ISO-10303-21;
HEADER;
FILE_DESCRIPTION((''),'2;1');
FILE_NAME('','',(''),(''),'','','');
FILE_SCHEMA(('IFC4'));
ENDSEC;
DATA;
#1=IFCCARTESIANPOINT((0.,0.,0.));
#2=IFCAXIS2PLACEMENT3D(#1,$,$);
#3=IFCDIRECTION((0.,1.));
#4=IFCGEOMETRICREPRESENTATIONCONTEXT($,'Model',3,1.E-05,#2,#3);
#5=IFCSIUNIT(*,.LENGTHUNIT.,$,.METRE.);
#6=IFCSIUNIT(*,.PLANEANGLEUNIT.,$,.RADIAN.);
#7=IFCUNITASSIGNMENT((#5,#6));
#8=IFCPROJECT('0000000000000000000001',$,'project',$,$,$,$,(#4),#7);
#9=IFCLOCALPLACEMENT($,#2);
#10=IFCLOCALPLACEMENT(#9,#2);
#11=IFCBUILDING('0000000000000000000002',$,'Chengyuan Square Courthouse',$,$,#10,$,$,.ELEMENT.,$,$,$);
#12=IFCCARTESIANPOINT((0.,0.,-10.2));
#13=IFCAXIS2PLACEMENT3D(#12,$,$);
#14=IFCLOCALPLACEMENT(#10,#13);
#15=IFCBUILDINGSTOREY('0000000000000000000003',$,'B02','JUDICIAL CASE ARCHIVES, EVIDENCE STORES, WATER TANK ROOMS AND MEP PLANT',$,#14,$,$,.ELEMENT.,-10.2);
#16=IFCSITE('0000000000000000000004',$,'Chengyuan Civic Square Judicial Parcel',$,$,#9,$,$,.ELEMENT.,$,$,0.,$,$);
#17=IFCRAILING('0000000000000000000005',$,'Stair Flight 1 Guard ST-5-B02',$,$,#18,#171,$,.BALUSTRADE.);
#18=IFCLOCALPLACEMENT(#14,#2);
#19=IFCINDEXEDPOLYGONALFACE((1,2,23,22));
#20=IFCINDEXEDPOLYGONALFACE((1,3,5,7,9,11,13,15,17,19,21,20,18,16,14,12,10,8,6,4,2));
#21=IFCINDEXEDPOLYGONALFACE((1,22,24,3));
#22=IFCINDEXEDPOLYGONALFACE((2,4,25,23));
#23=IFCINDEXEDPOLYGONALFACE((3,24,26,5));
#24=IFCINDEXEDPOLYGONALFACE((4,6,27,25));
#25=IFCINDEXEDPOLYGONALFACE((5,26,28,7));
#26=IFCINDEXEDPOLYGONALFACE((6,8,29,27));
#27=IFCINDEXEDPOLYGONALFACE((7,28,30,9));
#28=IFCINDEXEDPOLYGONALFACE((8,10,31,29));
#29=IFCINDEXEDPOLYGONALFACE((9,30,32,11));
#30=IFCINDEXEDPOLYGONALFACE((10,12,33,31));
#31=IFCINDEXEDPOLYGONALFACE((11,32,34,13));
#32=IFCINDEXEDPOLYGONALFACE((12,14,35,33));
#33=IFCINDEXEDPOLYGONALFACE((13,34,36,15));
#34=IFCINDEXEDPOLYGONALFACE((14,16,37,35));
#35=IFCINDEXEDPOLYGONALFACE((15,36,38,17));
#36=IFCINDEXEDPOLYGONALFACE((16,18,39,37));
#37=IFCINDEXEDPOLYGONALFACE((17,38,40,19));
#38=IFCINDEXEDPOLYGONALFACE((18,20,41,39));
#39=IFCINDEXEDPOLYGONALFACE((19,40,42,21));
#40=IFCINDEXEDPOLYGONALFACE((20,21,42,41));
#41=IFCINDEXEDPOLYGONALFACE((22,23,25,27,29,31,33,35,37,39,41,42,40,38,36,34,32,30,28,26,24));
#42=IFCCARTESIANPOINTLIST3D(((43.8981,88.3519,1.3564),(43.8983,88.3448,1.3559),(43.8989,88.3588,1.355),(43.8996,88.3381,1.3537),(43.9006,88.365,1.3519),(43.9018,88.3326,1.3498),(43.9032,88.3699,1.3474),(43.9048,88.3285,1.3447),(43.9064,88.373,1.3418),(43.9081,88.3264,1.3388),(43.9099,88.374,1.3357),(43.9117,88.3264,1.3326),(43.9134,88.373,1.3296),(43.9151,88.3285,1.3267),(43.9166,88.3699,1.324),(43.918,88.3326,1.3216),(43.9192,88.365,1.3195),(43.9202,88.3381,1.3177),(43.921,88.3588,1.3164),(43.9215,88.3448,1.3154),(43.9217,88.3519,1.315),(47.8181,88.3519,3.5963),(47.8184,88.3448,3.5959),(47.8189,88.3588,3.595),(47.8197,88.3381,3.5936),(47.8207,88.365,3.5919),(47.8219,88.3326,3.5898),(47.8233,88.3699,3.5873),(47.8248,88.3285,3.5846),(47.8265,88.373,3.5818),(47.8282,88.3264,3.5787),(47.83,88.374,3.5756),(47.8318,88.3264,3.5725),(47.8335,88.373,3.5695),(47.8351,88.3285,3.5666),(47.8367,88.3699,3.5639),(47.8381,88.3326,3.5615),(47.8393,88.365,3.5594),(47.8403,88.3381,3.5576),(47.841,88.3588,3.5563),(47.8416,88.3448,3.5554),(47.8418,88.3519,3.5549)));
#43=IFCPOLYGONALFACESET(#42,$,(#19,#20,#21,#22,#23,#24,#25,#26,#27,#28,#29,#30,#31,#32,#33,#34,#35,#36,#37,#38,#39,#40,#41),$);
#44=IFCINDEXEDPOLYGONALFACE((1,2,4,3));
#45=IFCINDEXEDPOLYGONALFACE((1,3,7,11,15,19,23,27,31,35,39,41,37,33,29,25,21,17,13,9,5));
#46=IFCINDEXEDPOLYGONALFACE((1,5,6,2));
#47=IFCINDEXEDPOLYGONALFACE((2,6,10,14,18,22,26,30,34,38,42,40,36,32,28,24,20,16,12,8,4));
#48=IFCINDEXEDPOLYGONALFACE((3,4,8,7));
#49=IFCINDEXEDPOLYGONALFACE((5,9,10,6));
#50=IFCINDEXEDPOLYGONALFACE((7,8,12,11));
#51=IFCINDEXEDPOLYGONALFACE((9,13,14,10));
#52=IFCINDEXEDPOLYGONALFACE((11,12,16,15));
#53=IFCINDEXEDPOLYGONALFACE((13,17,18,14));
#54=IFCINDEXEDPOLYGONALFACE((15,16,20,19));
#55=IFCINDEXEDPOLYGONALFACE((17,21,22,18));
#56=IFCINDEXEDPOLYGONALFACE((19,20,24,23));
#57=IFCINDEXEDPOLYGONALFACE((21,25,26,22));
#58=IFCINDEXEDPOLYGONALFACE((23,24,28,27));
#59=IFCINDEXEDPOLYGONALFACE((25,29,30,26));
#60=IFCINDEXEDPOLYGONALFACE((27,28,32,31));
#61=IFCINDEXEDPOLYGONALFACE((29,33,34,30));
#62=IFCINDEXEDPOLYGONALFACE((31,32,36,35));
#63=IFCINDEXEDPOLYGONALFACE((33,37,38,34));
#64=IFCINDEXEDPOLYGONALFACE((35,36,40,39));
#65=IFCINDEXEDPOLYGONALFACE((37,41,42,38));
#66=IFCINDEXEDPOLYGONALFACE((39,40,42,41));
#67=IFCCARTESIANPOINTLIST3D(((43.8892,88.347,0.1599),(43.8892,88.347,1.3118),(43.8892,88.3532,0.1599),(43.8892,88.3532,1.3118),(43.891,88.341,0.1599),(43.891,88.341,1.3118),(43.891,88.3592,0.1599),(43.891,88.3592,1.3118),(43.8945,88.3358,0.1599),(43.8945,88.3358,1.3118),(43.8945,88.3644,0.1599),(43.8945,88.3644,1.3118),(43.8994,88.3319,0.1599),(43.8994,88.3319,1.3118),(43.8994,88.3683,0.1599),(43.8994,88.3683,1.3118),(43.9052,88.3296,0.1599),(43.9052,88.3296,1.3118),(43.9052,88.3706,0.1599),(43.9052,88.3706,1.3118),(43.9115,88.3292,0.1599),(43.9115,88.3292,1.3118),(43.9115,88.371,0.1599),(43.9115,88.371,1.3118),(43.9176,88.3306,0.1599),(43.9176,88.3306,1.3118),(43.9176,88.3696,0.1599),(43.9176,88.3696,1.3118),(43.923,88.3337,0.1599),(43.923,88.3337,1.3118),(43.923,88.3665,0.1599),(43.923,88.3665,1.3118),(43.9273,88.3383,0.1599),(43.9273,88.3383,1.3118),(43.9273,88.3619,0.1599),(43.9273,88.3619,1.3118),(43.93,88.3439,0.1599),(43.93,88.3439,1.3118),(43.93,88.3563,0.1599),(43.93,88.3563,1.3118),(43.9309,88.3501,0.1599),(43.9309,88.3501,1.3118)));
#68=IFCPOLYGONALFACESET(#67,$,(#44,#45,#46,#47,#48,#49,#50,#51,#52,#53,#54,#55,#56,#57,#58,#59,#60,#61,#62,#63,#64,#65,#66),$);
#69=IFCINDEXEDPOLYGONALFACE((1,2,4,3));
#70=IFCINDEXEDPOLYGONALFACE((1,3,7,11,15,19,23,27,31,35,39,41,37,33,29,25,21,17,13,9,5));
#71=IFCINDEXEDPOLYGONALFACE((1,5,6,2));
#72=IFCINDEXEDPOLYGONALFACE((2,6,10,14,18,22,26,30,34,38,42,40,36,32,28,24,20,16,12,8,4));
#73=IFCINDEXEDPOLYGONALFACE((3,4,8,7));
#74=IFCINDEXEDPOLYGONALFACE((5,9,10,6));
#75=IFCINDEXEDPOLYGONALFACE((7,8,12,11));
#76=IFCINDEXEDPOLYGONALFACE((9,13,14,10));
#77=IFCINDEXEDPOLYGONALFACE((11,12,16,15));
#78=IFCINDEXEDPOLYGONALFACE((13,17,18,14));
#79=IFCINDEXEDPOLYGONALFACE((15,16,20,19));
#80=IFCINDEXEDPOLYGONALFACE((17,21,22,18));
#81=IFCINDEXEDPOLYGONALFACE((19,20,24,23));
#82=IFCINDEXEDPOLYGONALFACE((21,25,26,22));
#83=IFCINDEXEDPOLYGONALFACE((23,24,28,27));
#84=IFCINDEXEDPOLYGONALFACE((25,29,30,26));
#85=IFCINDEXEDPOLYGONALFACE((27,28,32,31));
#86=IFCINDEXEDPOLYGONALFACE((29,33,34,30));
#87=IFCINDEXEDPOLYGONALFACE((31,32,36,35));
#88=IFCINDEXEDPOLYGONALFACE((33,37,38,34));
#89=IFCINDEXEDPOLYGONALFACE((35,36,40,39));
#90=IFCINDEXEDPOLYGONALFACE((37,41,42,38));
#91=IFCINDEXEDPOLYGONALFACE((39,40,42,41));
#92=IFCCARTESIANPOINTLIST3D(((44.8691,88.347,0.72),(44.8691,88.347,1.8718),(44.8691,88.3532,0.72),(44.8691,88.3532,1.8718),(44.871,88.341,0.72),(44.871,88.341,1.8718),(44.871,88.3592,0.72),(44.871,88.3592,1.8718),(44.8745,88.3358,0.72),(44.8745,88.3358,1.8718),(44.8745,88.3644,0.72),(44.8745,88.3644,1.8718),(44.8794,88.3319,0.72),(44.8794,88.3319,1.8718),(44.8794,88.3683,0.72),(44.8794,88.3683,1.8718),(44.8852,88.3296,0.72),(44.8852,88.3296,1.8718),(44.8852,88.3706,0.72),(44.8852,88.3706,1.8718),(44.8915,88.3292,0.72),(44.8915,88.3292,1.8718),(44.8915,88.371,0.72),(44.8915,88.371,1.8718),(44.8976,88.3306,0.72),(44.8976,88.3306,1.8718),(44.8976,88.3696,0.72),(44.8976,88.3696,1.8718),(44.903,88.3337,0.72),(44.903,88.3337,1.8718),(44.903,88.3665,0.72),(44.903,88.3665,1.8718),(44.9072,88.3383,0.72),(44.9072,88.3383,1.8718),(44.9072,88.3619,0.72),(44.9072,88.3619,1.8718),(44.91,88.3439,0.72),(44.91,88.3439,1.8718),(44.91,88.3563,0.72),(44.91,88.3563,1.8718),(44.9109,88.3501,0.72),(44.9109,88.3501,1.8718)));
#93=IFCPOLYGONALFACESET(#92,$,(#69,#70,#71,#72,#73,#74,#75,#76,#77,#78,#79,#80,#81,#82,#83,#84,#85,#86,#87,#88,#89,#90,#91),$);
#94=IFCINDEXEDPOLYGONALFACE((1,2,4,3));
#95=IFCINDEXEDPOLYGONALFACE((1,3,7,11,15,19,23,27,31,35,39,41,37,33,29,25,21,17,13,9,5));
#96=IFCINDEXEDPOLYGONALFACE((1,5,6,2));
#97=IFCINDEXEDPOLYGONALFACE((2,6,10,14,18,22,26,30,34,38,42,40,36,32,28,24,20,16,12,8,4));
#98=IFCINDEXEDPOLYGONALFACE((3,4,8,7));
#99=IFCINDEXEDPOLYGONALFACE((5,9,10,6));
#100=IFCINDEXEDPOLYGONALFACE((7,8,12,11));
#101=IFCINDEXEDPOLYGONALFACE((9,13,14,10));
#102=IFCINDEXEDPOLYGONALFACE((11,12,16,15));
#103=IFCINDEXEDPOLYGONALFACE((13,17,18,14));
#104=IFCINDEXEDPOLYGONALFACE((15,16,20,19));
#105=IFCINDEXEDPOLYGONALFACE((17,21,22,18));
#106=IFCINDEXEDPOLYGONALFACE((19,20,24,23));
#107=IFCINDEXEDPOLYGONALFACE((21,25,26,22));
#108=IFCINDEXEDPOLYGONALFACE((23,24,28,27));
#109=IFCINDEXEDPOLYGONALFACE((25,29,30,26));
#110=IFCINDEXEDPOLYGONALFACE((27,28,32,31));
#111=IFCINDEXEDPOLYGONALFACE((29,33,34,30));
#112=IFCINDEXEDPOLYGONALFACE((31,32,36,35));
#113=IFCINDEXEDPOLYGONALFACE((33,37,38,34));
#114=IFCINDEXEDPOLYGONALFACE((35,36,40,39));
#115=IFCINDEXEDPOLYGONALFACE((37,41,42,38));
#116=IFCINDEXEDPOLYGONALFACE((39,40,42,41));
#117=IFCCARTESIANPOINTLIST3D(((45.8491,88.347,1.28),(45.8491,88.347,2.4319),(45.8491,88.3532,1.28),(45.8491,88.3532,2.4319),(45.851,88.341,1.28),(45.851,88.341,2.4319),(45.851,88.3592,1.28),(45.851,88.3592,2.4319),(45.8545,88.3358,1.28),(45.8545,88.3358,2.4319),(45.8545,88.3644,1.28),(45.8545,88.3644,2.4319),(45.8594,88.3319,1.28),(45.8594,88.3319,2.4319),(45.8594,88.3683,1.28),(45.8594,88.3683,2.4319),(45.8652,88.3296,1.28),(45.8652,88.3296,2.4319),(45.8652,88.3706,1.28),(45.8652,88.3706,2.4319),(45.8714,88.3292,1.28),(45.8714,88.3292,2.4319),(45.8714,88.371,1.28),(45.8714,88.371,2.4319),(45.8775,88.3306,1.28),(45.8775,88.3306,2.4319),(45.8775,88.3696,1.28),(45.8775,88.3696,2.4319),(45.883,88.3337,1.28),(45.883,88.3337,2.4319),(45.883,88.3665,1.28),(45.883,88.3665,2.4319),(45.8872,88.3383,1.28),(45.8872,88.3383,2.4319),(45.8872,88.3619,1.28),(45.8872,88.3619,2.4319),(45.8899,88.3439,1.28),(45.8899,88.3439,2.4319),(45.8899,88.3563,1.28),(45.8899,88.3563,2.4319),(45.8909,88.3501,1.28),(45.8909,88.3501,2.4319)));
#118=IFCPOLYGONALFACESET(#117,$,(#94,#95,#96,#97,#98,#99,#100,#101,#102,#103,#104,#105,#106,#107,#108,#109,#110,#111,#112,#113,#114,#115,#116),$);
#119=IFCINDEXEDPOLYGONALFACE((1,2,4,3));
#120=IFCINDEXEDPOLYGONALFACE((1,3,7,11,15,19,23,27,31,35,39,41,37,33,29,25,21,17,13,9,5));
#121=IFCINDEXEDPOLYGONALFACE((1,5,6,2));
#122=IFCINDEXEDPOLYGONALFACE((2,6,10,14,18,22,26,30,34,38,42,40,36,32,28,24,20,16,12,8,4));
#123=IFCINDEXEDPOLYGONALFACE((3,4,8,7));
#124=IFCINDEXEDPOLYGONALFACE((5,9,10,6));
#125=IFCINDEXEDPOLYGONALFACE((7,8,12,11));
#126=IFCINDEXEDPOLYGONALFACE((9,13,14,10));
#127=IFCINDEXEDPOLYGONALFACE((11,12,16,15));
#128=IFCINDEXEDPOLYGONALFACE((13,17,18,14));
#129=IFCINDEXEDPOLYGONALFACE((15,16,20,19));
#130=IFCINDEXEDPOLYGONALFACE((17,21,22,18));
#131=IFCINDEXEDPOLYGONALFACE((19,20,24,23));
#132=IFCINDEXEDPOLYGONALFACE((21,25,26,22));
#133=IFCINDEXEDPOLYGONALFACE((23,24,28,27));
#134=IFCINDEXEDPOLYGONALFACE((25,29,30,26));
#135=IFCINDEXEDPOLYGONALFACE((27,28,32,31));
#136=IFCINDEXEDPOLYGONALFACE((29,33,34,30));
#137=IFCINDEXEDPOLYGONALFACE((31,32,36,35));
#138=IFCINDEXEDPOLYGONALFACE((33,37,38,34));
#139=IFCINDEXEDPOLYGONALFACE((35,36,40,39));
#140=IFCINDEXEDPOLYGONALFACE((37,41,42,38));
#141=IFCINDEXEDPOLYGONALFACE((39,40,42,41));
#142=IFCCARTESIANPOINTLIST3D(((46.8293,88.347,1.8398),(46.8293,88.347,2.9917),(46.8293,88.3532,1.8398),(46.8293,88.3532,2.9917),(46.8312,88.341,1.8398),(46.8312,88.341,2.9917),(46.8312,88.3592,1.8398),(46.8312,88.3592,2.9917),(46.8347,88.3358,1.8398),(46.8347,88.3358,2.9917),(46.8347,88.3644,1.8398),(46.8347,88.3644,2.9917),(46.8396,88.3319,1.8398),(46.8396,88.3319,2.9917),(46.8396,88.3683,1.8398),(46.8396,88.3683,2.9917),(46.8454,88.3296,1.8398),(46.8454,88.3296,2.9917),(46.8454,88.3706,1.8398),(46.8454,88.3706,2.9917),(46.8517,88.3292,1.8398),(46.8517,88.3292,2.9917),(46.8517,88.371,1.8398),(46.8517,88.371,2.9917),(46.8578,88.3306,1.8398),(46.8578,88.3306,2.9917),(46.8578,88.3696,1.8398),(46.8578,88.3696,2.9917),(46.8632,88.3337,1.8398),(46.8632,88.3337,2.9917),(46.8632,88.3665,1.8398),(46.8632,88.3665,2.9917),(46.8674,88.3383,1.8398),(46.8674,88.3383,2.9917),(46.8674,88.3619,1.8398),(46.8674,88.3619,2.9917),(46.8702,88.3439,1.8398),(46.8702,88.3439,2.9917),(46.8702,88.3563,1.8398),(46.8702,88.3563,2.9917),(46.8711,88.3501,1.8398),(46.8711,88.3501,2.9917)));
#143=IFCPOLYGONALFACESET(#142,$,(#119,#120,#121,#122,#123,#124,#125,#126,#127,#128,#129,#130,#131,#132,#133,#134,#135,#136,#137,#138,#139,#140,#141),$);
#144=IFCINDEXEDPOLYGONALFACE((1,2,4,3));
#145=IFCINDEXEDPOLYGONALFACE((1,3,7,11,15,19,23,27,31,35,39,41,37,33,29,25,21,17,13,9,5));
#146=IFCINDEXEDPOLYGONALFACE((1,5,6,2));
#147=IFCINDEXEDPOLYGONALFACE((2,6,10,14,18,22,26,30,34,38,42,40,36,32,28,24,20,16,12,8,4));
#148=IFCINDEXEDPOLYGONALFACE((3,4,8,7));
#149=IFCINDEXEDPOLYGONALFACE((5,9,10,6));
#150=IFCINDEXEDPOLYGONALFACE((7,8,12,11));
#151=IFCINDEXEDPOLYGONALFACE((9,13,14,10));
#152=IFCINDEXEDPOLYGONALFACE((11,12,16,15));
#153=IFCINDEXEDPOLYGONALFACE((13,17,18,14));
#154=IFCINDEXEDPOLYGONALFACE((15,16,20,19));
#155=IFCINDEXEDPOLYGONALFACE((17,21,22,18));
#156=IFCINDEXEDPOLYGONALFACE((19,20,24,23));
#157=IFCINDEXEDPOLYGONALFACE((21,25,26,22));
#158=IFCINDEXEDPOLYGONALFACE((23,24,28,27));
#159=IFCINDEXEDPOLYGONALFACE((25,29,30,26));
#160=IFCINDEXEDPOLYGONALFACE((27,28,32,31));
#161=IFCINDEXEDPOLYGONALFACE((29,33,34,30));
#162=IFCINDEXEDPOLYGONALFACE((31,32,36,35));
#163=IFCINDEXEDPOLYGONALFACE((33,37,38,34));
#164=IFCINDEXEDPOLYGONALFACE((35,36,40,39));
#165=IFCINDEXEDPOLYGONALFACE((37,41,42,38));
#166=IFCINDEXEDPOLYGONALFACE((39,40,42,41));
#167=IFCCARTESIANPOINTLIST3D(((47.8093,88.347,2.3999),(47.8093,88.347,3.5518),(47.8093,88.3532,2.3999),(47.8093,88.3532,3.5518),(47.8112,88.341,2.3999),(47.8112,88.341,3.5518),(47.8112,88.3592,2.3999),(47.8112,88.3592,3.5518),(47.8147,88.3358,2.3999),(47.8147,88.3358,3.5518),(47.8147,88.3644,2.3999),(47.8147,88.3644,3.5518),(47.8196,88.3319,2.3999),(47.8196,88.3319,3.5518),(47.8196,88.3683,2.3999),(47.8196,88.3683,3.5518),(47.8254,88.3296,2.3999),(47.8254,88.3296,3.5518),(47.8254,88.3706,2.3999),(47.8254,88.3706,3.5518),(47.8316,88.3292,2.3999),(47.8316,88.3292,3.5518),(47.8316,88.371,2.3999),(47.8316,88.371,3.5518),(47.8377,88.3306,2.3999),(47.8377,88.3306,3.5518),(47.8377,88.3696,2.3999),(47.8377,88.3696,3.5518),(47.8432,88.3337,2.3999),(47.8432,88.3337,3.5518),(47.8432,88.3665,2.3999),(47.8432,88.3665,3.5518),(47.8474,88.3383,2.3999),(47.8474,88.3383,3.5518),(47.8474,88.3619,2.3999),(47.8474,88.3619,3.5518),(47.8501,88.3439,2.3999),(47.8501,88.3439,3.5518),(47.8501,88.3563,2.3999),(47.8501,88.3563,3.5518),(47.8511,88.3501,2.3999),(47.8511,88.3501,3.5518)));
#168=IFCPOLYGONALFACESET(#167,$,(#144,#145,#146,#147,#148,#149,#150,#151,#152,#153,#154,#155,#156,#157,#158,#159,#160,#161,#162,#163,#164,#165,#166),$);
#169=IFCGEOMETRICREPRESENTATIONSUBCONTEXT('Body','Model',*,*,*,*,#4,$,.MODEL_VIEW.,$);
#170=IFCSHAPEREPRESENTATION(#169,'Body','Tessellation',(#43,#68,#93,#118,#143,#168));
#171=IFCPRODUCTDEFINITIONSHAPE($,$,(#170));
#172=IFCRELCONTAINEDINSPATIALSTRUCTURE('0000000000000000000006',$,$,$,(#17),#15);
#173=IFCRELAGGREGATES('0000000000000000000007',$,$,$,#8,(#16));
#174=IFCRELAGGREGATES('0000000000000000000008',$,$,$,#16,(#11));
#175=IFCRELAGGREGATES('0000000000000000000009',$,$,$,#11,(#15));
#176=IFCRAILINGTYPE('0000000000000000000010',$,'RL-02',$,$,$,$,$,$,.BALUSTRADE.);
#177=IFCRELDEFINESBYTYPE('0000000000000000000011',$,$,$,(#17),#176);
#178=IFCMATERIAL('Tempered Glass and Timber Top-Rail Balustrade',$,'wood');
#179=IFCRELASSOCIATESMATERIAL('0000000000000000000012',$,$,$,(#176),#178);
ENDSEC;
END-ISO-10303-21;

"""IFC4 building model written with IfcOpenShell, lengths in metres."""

from ifc_helpers import new_model, si_unit, direction, frame, origin, origin_2d, place, context, subcontext, project, spatial, circle, extrude, material, type_object, element, save


model = new_model("IFC4")

# Units and contexts
model_context = context("Model", 3, precision=1e-05, world=origin(), true_north=direction((0.0, 1.0)))
body_context = subcontext(model_context, "Body", "Model", "MODEL_VIEW")
ifc_project = project(units=[si_unit("LENGTHUNIT", "METRE"), si_unit("PLANEANGLEUNIT", "RADIAN")], contexts=[model_context])

# Site, building, storey
site_placement = place(None, origin())
site = spatial("IfcSite", under=ifc_project, at=site_placement, Name="Chengyuan Civic Square Judicial Parcel", CompositionType="ELEMENT", RefElevation=0.0)
building_placement = place(site_placement, origin())
building = spatial("IfcBuilding", under=site, at=building_placement, Name="Chengyuan Square Courthouse", CompositionType="ELEMENT")
storey_placement = place(building_placement, frame((0.0, 0.0, -10.2)))
storey = spatial("IfcBuildingStorey", under=building, at=storey_placement, Name="B02", Description="JUDICIAL CASE ARCHIVES, EVIDENCE STORES, WATER TANK ROOMS AND MEP PLANT", CompositionType="ELEMENT", Elevation=-10.2)

# Railing
ifc_material_1 = material(Name="Tempered Glass and Timber Top-Rail Balustrade", Category="wood")
railing_type_1 = type_object("IfcRailingType", Name="RL-02", PredefinedType="BALUSTRADE", material=ifc_material_1)
railing_1_placement = place(storey_placement, frame((43.9099, 88.3501, 0.1599)))
element("IfcRailing", 1, at=railing_1_placement, inside=storey, type_object=railing_type_1, Name="Stair Flight 1 Guard ST-5-B02", PredefinedType="BALUSTRADE", context=body_context, shape_type="SweptSolid", body=[
    extrude(circle(Radius=0.0239, at=origin_2d()), frame((0.0, 0.0, 1.1758), z_axis=(0.868253, 0.0, 0.496121), x_axis=(0.0, 1.0, 0.0)), (0.0, 0.0, 1.0), 4.5149),
    extrude(circle(Radius=0.021, at=origin_2d()), origin(), (0.0, 0.0, 1.0), 1.1519),
    extrude(circle(Radius=0.021, at=origin_2d()), frame((0.98, 0.0, 0.5601)), (0.0, 0.0, 1.0), 1.1519),
    extrude(circle(Radius=0.021, at=origin_2d()), frame((1.96, 0.0, 1.1201)), (0.0, 0.0, 1.0), 1.1519),
    extrude(circle(Radius=0.021, at=origin_2d()), frame((2.9402, 0.0, 1.6799)), (0.0, 0.0, 1.0), 1.1519),
    extrude(circle(Radius=0.021, at=origin_2d()), frame((3.9202, 0.0, 2.24)), (0.0, 0.0, 1.0), 1.1519),
])

save(model, "model.ifc")
